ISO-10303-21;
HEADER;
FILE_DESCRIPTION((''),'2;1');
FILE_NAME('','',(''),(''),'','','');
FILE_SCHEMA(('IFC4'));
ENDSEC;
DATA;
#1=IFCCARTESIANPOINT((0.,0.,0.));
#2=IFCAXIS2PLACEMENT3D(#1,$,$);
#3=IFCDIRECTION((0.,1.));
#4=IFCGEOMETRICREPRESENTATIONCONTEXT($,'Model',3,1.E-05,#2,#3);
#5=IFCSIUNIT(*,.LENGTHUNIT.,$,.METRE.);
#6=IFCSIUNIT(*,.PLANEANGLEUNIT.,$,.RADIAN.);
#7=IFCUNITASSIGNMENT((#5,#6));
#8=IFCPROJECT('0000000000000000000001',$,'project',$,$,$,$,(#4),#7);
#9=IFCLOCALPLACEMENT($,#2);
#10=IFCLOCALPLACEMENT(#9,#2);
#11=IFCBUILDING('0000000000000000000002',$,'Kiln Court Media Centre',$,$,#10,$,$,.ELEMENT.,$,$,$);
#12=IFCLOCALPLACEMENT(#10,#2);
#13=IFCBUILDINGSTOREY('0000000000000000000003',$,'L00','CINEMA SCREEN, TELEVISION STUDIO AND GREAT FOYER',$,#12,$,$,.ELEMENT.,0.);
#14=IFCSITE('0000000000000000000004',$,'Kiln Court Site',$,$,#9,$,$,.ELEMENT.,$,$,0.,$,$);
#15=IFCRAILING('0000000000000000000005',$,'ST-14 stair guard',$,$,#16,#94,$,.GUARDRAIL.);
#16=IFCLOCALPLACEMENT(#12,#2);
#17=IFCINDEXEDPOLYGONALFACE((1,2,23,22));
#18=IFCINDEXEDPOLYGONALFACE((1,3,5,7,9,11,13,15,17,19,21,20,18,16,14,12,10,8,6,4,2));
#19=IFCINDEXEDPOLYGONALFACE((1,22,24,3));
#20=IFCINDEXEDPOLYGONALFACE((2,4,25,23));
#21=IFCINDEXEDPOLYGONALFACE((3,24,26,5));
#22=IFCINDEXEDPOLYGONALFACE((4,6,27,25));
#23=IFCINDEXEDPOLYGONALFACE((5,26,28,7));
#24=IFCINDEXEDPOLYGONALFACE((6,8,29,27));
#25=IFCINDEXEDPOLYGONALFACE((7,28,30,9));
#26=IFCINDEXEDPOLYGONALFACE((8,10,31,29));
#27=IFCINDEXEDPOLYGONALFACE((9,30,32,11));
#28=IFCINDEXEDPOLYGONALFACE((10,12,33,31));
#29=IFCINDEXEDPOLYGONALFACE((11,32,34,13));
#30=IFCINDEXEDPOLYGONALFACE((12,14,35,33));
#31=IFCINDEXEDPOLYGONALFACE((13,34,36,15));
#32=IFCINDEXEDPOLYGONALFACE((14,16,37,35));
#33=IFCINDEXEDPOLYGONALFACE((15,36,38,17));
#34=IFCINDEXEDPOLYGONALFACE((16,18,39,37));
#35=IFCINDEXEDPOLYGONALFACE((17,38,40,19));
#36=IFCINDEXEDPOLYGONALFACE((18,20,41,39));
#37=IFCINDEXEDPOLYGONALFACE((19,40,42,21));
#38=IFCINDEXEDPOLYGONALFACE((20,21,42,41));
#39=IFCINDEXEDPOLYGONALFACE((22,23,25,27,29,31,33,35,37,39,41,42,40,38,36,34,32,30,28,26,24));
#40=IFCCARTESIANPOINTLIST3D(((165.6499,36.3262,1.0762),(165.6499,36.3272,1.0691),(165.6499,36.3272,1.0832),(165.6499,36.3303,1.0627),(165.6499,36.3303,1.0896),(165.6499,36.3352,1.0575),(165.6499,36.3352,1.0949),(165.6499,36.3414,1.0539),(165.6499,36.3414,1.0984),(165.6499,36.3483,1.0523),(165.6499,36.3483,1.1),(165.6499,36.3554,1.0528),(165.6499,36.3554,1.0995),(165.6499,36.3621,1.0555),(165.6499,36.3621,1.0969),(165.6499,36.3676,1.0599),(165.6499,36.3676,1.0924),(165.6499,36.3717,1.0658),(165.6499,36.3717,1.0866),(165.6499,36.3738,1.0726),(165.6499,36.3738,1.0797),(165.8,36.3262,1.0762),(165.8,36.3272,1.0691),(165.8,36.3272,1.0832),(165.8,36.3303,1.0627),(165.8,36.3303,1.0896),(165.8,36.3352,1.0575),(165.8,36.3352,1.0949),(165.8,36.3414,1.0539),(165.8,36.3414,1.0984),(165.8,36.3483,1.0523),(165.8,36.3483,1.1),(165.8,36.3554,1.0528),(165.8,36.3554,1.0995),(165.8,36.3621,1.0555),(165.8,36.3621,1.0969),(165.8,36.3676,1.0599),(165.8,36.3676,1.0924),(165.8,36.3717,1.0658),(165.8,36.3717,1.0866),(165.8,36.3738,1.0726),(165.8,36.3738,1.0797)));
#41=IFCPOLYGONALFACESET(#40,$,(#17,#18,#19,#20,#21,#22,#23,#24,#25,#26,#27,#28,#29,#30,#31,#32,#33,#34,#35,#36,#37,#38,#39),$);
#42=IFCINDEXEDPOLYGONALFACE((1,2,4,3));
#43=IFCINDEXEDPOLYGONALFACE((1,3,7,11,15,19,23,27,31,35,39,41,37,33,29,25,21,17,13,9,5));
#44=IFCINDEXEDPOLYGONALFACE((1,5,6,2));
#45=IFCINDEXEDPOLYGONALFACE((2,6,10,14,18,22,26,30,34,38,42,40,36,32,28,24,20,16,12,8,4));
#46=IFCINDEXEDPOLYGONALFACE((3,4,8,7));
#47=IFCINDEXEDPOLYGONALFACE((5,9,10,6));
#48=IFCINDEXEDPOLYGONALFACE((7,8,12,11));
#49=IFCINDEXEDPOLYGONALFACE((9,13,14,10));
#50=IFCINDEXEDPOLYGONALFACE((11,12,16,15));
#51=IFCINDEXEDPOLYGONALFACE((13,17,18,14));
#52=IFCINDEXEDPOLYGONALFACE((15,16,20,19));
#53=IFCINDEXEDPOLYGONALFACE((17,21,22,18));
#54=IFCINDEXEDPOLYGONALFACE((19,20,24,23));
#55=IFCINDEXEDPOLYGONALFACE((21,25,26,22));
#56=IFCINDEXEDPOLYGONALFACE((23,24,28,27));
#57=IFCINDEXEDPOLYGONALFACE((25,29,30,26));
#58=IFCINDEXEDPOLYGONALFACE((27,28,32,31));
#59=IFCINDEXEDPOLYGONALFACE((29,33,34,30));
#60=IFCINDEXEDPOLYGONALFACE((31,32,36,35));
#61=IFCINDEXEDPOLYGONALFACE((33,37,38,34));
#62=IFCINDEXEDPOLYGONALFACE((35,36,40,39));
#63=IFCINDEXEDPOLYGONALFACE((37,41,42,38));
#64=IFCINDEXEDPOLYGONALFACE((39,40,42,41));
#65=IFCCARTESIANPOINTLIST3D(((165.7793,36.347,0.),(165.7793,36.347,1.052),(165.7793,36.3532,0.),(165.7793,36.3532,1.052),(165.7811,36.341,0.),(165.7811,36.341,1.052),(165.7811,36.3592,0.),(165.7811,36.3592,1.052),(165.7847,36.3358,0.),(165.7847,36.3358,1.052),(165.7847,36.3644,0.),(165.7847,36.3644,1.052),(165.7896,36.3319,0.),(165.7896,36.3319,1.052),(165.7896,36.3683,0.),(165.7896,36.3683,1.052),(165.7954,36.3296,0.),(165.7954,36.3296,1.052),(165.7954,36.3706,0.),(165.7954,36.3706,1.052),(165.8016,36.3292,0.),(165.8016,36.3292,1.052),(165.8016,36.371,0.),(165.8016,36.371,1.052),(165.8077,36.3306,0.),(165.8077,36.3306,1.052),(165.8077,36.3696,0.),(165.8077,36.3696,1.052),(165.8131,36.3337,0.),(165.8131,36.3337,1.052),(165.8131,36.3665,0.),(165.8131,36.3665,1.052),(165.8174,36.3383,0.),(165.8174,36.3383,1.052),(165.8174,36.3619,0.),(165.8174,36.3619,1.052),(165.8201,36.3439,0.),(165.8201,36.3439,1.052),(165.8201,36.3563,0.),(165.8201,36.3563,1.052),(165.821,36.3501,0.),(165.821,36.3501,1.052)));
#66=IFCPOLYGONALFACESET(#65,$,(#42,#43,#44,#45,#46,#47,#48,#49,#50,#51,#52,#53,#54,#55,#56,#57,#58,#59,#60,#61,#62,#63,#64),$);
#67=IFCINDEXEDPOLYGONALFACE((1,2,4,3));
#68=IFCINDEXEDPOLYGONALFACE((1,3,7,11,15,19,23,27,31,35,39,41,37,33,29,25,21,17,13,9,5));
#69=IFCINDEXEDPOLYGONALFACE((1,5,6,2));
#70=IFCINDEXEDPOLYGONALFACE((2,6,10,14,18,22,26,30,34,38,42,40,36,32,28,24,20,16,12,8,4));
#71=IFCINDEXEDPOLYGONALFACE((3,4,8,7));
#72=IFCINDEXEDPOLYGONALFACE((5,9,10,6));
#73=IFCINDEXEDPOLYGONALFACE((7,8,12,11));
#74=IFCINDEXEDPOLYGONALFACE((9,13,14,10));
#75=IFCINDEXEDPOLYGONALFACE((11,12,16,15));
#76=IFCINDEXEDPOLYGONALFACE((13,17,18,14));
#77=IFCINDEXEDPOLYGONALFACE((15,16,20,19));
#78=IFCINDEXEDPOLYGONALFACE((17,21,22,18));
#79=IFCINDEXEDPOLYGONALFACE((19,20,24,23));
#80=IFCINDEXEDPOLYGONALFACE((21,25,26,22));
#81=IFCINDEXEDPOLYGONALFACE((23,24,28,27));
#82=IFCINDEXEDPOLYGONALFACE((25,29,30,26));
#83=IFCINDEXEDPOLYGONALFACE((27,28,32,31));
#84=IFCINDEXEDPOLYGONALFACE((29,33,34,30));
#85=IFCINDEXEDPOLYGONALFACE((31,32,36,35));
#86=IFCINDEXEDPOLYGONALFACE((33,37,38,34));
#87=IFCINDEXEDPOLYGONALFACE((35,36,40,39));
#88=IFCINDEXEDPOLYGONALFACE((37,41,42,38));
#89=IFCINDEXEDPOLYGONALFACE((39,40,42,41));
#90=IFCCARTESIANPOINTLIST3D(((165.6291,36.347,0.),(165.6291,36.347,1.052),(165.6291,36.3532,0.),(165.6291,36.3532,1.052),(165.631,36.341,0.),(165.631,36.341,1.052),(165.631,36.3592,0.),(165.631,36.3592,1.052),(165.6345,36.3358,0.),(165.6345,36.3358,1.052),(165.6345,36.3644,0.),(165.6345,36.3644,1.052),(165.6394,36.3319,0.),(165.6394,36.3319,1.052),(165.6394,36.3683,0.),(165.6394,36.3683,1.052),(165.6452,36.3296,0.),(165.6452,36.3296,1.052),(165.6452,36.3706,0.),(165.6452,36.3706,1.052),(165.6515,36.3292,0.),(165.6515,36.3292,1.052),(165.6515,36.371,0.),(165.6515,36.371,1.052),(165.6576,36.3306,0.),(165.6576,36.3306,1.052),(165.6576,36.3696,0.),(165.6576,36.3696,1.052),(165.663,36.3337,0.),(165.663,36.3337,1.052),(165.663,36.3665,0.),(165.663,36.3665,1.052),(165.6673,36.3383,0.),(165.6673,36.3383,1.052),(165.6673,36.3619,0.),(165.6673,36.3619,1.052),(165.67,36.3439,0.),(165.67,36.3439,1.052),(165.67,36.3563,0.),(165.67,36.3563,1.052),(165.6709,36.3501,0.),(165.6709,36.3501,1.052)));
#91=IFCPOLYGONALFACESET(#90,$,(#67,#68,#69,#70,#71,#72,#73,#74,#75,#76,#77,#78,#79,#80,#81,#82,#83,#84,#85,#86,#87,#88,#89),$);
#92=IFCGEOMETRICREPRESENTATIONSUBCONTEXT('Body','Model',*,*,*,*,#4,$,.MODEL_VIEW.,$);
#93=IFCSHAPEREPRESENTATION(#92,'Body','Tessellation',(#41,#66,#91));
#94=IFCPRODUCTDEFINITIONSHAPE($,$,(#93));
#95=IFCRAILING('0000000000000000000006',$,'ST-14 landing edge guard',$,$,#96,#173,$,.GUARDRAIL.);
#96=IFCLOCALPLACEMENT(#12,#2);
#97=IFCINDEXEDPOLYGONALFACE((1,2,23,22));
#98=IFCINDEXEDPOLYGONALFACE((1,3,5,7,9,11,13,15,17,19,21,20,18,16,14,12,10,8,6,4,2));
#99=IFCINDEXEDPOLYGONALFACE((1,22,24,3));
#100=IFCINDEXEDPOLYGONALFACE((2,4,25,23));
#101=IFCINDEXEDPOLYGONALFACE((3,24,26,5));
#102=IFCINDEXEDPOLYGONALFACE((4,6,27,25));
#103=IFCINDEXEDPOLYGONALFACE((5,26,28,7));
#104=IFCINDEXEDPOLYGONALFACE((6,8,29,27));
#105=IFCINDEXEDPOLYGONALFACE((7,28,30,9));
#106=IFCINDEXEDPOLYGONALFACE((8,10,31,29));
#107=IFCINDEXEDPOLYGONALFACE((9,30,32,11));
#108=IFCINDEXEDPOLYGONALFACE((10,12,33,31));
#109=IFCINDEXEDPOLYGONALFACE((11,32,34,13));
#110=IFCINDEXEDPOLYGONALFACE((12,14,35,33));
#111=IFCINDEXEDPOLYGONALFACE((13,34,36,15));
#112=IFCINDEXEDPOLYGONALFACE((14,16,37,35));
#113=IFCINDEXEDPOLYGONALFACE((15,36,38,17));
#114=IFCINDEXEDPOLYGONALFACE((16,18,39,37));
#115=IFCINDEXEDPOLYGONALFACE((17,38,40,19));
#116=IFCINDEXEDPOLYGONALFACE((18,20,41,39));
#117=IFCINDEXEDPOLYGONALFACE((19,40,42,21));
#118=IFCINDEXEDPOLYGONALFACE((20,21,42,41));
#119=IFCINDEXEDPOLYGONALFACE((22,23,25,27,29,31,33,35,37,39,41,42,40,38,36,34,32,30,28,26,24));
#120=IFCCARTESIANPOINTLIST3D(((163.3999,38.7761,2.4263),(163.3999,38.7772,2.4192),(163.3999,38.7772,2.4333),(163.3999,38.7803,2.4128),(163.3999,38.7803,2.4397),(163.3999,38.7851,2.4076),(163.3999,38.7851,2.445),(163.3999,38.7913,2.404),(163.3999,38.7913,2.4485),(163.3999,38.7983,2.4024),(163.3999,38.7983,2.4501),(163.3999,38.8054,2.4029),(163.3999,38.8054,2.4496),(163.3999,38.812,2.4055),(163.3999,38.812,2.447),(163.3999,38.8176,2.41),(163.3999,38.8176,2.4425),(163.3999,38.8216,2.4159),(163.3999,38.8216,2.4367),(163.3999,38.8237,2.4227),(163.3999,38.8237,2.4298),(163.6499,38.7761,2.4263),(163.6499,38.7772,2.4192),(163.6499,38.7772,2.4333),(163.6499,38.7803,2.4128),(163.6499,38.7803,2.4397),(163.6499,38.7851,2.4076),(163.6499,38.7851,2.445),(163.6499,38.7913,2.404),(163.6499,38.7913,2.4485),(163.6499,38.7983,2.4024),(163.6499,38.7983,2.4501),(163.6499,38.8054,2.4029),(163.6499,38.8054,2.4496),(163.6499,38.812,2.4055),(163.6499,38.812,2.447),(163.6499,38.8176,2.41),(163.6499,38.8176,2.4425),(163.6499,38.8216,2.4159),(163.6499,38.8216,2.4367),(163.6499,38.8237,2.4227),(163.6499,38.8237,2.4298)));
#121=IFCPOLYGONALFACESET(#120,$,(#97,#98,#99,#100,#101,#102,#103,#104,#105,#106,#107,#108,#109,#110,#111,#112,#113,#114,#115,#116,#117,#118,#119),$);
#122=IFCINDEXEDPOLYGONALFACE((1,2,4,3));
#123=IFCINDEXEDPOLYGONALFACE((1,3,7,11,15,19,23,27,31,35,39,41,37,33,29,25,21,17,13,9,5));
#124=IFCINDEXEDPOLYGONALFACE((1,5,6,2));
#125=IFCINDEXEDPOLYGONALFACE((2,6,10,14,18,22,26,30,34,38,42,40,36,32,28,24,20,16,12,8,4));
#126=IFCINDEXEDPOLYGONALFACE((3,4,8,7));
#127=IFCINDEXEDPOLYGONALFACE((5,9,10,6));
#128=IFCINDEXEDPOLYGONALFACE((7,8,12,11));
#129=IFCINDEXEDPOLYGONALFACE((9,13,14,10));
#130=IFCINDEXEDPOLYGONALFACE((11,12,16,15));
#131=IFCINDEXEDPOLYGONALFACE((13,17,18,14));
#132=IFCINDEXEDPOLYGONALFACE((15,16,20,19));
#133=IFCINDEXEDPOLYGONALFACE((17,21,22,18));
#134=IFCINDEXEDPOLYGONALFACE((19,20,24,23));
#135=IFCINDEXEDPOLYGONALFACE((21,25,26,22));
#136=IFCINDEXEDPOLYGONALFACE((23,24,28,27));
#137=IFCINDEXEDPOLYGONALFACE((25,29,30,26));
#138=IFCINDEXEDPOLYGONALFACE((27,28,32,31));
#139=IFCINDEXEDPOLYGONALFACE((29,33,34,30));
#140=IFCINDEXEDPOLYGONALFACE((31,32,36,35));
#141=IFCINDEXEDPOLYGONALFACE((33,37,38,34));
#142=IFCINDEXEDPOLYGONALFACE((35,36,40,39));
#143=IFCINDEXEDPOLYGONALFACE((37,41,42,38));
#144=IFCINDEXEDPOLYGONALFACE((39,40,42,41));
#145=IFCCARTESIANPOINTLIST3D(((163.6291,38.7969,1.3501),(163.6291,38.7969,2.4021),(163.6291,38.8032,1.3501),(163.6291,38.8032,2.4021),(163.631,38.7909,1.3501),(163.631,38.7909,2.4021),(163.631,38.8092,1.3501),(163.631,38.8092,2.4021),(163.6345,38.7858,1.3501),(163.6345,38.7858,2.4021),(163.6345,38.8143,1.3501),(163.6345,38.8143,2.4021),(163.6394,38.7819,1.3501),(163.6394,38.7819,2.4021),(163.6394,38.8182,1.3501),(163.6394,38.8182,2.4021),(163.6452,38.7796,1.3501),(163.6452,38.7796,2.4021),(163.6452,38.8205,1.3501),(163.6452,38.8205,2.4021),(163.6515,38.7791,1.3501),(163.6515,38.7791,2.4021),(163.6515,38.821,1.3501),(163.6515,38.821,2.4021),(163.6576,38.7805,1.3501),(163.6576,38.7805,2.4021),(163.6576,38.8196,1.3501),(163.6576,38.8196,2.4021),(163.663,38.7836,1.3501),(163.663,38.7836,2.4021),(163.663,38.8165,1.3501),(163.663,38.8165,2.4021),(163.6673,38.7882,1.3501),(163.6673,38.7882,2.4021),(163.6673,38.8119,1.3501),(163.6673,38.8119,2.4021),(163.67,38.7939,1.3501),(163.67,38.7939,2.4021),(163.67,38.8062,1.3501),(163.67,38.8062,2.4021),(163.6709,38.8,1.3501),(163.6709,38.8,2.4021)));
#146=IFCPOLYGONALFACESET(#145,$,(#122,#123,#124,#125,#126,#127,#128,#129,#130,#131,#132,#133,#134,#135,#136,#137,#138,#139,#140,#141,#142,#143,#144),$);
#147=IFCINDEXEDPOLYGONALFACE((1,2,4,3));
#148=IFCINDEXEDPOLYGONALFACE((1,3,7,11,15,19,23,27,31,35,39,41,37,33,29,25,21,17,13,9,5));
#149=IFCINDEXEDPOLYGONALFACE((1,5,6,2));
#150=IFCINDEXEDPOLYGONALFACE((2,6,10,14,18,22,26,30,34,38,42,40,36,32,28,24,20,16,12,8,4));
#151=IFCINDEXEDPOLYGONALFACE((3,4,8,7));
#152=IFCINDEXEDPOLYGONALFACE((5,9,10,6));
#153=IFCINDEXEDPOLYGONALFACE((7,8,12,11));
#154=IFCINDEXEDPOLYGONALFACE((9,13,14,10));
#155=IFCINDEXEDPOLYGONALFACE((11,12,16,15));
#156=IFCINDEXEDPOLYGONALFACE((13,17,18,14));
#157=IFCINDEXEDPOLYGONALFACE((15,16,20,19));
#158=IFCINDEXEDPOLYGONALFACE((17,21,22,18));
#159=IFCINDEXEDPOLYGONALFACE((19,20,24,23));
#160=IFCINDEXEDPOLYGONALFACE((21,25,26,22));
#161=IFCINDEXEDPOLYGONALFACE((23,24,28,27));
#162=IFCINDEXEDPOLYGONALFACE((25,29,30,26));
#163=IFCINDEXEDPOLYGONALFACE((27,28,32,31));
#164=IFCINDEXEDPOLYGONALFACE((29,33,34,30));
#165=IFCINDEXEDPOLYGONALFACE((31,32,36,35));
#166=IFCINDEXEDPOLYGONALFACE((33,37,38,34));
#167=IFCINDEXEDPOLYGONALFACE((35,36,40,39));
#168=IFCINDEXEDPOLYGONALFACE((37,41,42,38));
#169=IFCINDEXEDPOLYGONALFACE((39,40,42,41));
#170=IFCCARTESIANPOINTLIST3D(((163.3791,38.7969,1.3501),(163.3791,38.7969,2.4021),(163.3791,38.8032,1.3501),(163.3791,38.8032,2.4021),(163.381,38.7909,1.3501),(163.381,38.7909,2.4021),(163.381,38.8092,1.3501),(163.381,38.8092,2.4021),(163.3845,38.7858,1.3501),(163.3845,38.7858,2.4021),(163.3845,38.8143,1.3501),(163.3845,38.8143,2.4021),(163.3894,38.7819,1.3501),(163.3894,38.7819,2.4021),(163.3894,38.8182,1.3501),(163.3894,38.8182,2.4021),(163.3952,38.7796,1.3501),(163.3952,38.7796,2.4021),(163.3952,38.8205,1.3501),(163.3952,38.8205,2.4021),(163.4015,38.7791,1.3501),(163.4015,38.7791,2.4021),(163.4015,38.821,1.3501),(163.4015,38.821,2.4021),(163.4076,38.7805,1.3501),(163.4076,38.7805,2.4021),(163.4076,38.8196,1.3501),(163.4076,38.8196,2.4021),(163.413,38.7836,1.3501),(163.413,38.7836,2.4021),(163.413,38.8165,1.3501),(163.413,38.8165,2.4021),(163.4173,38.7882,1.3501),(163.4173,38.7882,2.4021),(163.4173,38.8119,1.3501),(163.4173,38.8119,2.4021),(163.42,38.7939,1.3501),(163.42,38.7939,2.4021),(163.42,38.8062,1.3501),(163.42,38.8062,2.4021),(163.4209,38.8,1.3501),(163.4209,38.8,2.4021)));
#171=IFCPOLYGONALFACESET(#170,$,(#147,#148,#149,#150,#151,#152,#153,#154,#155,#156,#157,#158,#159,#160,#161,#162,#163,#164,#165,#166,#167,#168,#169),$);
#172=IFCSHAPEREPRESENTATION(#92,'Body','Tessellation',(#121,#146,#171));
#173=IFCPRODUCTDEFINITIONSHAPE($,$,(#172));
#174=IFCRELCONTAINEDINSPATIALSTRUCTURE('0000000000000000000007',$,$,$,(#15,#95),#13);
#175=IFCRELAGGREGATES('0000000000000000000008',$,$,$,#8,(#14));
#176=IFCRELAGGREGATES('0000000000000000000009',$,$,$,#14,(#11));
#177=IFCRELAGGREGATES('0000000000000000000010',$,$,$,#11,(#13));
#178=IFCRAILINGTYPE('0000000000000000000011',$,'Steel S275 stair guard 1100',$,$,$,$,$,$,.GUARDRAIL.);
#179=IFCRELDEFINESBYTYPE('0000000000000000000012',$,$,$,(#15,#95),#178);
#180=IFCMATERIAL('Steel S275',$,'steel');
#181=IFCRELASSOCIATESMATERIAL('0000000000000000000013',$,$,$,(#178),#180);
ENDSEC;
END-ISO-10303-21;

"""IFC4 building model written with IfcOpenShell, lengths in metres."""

from ifc_helpers import new_model, si_unit, direction, frame, origin, origin_2d, place, context, subcontext, project, spatial, circle, extrude, material, type_object, element, save


model = new_model("IFC4")

# Units and contexts
model_context = context("Model", 3, precision=1e-05, world=origin(), true_north=direction((0.0, 1.0)))
body_context = subcontext(model_context, "Body", "Model", "MODEL_VIEW")
ifc_project = project(units=[si_unit("LENGTHUNIT", "METRE"), si_unit("PLANEANGLEUNIT", "RADIAN")], contexts=[model_context])

# Site, building, storey
site_placement = place(None, origin())
site = spatial("IfcSite", under=ifc_project, at=site_placement, Name="Kiln Court Site", CompositionType="ELEMENT", RefElevation=0.0)
building_placement = place(site_placement, origin())
building = spatial("IfcBuilding", under=site, at=building_placement, Name="Kiln Court Media Centre", CompositionType="ELEMENT")
storey_placement = place(building_placement, origin())
storey = spatial("IfcBuildingStorey", under=building, at=storey_placement, Name="L00", Description="CINEMA SCREEN, TELEVISION STUDIO AND GREAT FOYER", CompositionType="ELEMENT", Elevation=0.0)

# Railings
ifc_material_1 = material(Name="Steel S275", Category="steel")
railing_type_1 = type_object("IfcRailingType", Name="Steel S275 stair guard 1100", PredefinedType="GUARDRAIL", material=ifc_material_1)
railing_1_placement = place(storey_placement, frame((165.8, 36.3501, 0.0)))
element("IfcRailing", 1, at=railing_1_placement, inside=storey, type_object=railing_type_1, Name="ST-14 stair guard", PredefinedType="GUARDRAIL", context=body_context, shape_type="SweptSolid", body=[
    extrude(circle(Radius=0.0239, at=origin_2d()), frame((0.0, 0.0, 1.0762), z_axis=(-1.0, 0.0, 0.0), x_axis=(0.0, -1.0, 0.0)), (0.0, 0.0, 1.0), 0.1501),
    extrude(circle(Radius=0.021, at=origin_2d()), origin(), (0.0, 0.0, 1.0), 1.052),
    extrude(circle(Radius=0.021, at=origin_2d()), frame((-0.1501, 0.0, 0.0)), (0.0, 0.0, 1.0), 1.052),
])
for number, where, name in (
    (2, (163.6499, 38.8, 1.3501), "ST-14 landing edge guard"),
):
    element("IfcRailing", number, at=place(storey_placement, frame(where)), inside=storey, type_object=railing_type_1, Name=name, PredefinedType="GUARDRAIL", context=body_context, shape_type="SweptSolid", body=[
        extrude(circle(Radius=0.0239, at=origin_2d()), frame((0.0, 0.0, 1.0762), z_axis=(-1.0, 0.0, 0.0), x_axis=(0.0, -1.0, 0.0)), (0.0, 0.0, 1.0), 0.25),
        extrude(circle(Radius=0.021, at=origin_2d()), origin(), (0.0, 0.0, 1.0), 1.052),
        extrude(circle(Radius=0.021, at=origin_2d()), frame((-0.25, 0.0, 0.0)), (0.0, 0.0, 1.0), 1.052),
    ])

save(model, "model.ifc")
